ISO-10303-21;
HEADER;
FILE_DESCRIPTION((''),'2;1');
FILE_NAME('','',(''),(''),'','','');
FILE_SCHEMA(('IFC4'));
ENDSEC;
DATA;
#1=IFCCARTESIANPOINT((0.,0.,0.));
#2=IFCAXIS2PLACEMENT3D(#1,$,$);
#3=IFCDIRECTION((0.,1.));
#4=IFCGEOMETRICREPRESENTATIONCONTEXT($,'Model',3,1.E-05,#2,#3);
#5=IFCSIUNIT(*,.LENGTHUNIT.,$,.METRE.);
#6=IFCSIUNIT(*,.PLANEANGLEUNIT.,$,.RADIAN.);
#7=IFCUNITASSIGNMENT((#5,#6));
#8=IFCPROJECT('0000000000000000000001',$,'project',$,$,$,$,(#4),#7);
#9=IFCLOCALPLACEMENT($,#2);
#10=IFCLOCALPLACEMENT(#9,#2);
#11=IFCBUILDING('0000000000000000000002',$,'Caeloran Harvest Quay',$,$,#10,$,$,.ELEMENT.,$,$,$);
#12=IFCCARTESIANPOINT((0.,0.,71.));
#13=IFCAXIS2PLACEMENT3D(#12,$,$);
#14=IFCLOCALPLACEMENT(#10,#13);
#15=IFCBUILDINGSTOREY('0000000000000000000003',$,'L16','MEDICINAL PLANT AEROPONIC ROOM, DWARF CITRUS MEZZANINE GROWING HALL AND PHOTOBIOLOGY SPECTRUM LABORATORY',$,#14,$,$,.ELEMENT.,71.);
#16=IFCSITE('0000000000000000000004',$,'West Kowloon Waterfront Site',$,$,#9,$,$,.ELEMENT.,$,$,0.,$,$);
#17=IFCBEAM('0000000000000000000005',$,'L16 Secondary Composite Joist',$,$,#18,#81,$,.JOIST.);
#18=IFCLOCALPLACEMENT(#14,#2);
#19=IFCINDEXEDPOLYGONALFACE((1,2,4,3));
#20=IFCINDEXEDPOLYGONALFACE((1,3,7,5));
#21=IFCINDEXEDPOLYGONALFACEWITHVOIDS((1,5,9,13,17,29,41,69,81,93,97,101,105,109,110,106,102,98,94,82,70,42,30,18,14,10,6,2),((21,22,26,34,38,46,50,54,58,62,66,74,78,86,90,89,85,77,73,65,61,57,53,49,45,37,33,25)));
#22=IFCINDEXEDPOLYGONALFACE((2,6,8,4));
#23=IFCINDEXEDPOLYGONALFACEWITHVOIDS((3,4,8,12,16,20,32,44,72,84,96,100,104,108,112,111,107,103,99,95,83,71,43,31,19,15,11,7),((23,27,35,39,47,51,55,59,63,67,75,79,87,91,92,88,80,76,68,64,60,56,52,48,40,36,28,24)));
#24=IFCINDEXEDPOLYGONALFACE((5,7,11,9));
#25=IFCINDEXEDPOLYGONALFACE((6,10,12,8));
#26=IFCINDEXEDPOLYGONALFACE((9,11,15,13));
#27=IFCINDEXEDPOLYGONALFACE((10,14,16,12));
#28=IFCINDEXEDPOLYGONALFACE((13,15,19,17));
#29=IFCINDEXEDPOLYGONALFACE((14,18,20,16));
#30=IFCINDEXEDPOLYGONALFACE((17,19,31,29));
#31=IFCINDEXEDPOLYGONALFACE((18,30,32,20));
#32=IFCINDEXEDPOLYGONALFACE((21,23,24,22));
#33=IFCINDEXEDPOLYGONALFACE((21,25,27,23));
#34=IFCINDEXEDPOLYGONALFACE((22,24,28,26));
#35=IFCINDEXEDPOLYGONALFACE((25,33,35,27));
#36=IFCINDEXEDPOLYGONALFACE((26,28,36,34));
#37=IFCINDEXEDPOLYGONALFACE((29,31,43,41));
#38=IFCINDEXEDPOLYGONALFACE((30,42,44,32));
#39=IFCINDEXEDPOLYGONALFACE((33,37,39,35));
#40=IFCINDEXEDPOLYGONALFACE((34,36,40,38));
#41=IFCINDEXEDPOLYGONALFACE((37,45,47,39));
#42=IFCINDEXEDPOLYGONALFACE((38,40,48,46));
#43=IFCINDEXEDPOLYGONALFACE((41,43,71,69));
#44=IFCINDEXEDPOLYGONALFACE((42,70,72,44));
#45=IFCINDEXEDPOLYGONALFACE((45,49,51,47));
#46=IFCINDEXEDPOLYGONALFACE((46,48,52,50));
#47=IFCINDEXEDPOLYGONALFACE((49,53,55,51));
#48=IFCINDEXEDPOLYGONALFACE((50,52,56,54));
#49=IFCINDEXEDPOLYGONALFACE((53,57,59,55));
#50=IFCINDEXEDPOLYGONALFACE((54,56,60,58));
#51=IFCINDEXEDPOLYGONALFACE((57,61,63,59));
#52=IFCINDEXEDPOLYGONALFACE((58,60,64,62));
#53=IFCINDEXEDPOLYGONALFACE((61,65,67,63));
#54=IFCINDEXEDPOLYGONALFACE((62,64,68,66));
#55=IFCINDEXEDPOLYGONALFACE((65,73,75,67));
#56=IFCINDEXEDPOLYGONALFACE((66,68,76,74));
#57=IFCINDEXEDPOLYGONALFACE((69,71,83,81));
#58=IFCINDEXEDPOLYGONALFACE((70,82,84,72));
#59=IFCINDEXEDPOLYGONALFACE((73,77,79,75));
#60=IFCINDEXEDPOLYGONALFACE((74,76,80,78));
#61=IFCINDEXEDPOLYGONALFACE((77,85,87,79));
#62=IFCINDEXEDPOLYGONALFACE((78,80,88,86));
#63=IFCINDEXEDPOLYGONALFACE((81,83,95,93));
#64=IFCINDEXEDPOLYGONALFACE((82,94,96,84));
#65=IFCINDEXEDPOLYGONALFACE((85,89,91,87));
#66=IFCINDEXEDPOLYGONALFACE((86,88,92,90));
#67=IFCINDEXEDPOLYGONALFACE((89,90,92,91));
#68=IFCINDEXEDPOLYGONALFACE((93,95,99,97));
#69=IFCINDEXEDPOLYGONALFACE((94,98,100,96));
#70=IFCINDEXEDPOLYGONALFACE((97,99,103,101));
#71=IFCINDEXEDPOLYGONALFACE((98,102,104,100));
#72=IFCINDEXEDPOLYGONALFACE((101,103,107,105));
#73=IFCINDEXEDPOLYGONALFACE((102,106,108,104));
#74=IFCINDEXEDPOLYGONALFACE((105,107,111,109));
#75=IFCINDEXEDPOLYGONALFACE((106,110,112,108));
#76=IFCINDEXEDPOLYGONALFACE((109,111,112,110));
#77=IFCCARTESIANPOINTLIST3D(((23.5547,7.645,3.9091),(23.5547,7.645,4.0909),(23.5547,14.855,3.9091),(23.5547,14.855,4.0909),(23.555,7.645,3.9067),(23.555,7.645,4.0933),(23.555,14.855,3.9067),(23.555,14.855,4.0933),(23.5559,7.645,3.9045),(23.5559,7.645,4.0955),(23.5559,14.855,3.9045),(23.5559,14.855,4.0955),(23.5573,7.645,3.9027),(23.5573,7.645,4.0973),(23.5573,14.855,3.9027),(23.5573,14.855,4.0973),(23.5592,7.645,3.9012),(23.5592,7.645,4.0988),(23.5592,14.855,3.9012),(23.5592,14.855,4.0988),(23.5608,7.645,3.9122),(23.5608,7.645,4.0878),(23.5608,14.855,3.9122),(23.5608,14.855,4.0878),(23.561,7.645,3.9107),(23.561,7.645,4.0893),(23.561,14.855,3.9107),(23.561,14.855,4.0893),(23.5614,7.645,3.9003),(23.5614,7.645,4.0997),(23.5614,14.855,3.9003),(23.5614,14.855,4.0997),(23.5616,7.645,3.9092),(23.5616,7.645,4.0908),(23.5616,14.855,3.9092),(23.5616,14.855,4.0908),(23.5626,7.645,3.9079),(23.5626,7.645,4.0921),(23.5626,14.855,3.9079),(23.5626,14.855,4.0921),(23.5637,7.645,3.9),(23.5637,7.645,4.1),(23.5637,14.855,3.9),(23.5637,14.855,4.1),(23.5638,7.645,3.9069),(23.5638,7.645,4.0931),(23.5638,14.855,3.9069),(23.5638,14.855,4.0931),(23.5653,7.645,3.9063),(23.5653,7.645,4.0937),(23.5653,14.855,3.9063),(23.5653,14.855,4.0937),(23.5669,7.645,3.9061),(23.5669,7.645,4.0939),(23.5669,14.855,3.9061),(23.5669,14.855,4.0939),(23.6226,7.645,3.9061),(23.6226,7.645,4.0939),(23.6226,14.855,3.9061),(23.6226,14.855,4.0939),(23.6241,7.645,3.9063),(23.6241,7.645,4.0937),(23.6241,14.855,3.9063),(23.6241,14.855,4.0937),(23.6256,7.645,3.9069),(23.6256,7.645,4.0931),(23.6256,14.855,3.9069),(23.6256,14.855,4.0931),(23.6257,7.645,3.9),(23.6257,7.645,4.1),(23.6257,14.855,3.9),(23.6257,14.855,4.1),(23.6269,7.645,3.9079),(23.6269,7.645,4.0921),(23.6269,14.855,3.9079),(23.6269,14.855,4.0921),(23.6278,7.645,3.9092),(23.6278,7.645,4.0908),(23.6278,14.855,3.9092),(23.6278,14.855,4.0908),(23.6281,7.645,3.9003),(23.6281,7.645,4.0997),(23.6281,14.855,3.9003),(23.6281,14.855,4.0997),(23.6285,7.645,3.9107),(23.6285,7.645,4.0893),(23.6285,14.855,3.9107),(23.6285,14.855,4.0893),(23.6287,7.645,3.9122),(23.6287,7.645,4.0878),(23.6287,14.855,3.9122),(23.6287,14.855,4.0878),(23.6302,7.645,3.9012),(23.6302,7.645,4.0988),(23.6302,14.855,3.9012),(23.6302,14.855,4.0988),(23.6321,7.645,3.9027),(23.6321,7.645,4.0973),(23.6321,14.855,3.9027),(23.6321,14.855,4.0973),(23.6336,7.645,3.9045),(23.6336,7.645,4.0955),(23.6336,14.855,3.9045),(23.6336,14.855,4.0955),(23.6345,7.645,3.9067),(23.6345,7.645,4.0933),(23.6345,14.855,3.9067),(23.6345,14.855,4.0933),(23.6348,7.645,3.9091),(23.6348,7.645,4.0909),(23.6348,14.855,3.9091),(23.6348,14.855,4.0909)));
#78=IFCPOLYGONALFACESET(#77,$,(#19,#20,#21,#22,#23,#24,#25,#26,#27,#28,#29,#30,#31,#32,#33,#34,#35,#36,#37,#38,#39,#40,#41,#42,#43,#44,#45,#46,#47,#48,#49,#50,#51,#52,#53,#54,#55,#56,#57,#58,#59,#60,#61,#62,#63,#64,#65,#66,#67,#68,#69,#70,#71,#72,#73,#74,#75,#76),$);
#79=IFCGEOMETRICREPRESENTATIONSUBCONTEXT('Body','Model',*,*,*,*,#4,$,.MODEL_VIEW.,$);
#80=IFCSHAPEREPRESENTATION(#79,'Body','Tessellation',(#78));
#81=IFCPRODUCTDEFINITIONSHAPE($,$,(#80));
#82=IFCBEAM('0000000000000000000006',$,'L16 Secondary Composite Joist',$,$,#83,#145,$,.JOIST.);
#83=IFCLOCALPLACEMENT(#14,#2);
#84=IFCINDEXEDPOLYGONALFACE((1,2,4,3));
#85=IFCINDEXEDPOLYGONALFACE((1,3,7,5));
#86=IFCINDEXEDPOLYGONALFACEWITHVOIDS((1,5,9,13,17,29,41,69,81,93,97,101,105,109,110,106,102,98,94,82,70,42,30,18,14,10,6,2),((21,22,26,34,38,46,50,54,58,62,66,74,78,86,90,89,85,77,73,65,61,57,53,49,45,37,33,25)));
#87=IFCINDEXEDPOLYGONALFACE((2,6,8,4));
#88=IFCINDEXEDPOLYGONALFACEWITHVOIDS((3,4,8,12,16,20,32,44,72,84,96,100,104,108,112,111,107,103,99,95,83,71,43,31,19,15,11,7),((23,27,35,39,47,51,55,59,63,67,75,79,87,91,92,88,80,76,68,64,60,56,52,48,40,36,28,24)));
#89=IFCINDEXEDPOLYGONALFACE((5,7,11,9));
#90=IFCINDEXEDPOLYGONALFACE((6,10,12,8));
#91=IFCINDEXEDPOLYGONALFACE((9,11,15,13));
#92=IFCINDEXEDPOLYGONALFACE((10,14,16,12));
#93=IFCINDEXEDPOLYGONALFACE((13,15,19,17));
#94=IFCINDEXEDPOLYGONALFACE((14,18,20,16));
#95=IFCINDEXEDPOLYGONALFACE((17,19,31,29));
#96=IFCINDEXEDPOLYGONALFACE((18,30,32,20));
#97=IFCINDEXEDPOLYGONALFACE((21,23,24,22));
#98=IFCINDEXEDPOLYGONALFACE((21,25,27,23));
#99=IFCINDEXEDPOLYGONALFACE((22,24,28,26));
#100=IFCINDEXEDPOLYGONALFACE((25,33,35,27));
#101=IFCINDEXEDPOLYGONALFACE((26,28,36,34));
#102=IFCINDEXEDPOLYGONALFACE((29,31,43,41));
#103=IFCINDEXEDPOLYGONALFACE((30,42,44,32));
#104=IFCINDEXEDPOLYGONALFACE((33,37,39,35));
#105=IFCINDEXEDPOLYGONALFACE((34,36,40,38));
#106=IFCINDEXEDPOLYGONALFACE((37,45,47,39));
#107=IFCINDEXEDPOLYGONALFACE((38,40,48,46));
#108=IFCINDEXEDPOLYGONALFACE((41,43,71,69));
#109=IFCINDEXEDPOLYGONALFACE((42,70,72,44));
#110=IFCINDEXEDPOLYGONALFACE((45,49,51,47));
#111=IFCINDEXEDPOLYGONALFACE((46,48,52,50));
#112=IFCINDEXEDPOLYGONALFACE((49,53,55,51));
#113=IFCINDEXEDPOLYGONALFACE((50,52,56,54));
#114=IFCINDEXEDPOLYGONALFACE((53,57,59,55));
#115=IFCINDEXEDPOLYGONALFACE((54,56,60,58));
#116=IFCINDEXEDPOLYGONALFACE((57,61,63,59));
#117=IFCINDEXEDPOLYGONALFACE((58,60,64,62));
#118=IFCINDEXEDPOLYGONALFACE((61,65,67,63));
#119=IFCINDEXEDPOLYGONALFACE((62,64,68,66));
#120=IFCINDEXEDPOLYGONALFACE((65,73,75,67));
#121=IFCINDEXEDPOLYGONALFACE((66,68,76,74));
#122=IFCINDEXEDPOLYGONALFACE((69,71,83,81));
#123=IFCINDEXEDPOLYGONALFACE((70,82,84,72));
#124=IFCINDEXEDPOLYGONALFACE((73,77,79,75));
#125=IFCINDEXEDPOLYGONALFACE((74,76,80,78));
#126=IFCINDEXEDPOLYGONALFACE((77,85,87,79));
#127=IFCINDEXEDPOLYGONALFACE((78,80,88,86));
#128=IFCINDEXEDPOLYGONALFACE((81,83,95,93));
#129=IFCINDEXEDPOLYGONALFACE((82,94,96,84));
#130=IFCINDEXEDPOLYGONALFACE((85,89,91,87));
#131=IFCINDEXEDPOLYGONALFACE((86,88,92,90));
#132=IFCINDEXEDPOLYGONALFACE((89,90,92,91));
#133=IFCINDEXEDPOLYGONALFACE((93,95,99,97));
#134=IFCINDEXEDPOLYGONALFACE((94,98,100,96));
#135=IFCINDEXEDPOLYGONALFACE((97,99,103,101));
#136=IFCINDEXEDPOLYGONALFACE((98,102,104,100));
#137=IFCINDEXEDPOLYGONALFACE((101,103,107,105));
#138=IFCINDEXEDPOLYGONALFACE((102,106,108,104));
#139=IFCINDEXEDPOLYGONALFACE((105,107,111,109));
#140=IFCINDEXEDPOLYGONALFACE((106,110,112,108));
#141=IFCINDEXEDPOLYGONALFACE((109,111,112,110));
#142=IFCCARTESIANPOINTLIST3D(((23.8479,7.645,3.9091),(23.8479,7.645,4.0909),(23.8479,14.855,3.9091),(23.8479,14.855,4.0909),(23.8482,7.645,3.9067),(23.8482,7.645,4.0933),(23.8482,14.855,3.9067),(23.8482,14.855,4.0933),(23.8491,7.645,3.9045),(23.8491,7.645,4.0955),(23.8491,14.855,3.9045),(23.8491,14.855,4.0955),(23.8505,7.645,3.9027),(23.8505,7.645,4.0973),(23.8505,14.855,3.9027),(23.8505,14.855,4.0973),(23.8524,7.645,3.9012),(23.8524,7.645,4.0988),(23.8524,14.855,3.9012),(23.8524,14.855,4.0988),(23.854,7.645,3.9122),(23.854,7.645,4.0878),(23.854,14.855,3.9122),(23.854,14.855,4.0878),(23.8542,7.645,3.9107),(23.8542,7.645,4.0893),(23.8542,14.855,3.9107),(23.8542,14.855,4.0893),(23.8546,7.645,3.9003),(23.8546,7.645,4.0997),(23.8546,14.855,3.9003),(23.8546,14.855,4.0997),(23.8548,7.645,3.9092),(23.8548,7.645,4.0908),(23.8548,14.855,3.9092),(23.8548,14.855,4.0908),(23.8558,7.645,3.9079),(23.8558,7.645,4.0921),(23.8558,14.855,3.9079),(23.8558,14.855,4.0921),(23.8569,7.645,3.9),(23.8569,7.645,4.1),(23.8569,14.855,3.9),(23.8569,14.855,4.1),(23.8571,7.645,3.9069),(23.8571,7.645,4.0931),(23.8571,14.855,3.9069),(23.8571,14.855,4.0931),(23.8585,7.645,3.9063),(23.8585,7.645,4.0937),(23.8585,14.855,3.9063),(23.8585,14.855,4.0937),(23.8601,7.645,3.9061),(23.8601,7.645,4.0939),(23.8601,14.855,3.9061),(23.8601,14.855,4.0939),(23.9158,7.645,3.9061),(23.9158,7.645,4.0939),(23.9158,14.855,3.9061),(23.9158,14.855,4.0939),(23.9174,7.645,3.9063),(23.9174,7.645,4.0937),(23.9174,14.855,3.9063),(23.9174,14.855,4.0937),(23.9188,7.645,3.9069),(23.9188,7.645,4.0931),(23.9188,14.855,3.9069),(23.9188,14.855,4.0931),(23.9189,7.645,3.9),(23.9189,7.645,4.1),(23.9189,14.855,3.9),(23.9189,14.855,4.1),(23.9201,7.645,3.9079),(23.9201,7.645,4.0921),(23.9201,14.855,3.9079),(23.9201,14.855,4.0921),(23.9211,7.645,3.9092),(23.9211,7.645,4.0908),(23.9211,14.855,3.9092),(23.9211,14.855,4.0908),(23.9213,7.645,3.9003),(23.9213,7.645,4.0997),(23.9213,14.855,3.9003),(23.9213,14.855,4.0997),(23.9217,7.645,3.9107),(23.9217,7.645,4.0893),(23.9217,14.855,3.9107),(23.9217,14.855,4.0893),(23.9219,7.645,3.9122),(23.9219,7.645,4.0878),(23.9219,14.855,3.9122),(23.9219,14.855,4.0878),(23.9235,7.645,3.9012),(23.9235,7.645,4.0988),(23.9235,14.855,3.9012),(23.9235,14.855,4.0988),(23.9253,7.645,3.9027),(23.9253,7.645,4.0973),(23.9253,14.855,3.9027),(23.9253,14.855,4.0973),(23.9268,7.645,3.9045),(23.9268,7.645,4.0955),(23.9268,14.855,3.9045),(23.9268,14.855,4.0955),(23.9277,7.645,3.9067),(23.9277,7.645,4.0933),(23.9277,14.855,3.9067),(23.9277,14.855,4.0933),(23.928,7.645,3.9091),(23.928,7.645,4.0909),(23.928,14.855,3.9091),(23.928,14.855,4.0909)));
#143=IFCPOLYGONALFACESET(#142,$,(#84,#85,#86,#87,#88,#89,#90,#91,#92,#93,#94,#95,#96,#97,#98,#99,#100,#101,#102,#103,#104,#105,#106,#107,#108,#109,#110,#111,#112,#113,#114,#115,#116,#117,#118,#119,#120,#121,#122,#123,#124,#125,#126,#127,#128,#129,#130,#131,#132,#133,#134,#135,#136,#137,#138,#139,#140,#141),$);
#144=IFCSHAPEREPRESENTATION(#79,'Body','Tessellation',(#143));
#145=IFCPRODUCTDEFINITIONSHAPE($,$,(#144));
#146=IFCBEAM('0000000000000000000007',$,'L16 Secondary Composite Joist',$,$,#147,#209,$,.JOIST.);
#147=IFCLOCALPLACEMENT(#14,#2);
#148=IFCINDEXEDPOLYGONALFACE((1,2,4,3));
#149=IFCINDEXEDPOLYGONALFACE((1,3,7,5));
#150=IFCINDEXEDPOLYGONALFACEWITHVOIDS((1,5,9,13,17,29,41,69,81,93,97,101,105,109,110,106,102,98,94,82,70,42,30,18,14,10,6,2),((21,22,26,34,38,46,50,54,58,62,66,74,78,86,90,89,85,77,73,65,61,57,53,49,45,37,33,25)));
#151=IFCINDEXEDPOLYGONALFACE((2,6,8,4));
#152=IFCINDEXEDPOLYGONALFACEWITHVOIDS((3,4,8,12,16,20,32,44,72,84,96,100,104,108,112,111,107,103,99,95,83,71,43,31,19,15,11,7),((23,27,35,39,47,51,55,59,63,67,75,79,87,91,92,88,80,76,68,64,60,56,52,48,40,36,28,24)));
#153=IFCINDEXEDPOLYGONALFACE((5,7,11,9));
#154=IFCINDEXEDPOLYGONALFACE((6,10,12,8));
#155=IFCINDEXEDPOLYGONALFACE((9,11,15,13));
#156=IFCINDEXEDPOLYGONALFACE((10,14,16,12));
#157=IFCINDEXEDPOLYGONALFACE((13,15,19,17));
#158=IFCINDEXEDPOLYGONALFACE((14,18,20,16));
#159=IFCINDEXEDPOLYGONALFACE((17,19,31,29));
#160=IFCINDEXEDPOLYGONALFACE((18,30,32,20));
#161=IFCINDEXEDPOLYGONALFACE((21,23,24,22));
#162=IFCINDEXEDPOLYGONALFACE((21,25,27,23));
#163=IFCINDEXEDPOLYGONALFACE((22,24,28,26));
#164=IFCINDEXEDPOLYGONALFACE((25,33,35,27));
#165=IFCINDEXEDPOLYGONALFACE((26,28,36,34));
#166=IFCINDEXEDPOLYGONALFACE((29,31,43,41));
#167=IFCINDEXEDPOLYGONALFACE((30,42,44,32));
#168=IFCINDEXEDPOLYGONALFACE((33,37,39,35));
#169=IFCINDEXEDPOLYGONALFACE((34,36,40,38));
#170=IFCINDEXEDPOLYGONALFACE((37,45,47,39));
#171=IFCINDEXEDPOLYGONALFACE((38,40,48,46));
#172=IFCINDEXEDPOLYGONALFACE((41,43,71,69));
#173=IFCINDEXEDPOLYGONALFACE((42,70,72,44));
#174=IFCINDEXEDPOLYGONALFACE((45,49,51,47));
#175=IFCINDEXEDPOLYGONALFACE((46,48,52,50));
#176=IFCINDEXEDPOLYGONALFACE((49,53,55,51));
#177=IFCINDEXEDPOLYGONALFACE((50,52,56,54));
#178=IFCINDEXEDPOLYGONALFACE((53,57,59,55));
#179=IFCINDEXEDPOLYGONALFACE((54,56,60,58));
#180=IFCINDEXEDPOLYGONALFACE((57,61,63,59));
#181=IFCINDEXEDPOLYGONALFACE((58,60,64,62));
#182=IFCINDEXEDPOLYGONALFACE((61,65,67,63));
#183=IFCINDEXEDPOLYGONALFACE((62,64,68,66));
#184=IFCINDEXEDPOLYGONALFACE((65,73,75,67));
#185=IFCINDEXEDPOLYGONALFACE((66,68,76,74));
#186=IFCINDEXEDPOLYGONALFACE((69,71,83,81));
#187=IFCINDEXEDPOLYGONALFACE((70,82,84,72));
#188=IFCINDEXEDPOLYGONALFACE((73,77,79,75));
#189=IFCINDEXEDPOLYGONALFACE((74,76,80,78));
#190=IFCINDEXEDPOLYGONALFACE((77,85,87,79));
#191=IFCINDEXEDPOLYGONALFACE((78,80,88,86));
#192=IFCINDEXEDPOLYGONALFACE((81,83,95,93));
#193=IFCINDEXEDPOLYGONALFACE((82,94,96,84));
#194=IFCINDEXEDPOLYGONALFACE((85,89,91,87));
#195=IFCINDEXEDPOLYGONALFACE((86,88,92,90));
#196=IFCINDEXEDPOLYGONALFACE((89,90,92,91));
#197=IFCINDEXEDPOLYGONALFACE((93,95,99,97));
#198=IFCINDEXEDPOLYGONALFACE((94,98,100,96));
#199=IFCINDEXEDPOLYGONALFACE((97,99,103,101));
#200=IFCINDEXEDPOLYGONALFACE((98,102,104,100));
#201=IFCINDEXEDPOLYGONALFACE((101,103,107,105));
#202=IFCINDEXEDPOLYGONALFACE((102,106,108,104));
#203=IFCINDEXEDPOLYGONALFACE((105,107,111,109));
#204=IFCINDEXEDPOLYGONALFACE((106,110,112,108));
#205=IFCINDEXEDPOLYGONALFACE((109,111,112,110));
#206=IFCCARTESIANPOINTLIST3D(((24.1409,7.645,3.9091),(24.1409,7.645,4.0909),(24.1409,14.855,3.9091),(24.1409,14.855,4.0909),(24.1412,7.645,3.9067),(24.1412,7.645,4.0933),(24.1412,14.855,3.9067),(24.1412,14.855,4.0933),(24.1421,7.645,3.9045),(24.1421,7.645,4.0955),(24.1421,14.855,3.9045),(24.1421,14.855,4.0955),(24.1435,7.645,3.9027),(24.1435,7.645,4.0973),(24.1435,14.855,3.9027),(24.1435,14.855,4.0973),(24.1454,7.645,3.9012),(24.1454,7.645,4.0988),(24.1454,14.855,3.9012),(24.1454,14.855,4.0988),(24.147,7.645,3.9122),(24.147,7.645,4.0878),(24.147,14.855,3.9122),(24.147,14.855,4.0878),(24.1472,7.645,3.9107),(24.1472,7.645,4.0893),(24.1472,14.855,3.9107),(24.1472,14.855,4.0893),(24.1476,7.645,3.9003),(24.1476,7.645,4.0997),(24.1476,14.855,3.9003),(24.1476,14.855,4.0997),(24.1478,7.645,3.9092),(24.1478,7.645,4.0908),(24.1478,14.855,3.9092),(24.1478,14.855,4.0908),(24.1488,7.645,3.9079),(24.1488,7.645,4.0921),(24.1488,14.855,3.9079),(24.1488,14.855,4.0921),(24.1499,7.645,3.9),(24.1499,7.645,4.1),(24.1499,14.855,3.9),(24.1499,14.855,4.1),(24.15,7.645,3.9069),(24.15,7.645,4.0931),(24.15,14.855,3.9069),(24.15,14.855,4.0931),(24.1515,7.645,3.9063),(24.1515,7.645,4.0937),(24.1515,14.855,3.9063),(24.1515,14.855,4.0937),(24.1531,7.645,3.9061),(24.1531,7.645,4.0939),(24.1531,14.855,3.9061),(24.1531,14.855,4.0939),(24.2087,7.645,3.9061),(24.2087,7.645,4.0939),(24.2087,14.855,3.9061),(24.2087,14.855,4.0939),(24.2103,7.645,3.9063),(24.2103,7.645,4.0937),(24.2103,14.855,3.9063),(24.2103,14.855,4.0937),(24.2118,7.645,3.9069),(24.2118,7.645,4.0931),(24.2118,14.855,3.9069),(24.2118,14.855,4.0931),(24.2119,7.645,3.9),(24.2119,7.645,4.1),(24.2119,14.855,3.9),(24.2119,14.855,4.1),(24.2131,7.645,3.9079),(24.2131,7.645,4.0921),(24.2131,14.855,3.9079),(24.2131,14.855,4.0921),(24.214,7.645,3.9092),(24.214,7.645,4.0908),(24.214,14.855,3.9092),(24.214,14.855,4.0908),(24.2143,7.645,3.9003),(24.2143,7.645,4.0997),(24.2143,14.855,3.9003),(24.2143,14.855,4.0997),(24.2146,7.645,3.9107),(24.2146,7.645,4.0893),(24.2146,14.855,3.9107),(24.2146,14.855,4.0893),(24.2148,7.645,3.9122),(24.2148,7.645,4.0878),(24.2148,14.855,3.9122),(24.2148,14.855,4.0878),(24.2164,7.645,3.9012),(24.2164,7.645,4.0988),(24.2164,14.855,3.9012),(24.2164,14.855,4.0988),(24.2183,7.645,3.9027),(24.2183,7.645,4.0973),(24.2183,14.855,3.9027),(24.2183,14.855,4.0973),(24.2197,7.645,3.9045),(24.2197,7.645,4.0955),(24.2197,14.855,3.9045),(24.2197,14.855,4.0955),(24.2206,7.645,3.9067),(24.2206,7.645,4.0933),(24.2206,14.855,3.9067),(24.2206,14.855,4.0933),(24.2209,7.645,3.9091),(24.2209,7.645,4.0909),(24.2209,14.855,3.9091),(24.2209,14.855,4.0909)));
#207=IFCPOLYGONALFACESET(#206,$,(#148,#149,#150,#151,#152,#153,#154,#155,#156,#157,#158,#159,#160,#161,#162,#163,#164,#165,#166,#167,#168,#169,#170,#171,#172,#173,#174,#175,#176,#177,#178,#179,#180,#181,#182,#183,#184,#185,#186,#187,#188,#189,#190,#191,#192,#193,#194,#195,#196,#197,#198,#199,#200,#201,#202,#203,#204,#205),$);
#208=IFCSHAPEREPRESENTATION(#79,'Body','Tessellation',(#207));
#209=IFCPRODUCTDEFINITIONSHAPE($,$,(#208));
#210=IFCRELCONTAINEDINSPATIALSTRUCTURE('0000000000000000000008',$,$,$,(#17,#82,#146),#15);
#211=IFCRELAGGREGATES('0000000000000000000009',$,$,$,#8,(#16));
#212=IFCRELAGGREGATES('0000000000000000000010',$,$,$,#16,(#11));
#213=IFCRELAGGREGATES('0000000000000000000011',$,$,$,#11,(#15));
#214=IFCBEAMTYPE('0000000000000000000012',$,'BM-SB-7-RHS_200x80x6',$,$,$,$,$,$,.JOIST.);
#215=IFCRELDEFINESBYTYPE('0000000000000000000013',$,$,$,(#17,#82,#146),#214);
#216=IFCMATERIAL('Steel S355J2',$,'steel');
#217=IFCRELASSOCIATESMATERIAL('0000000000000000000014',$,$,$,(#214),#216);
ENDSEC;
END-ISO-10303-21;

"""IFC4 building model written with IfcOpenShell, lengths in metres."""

from ifc_helpers import new_model, si_unit, direction, frame, origin, origin_2d, place, context, subcontext, project, spatial, hollow_rectangle, extrude, material, material_profile, profile_set, type_object, element, save


model = new_model("IFC4")

# Units and contexts
model_context = context("Model", 3, precision=1e-05, world=origin(), true_north=direction((0.0, 1.0)))
body_context = subcontext(model_context, "Body", "Model", "MODEL_VIEW")
ifc_project = project(units=[si_unit("LENGTHUNIT", "METRE"), si_unit("PLANEANGLEUNIT", "RADIAN")], contexts=[model_context])

# Site, building, storey
site_placement = place(None, origin())
site = spatial("IfcSite", under=ifc_project, at=site_placement, Name="West Kowloon Waterfront Site", CompositionType="ELEMENT", RefElevation=0.0)
building_placement = place(site_placement, origin())
building = spatial("IfcBuilding", under=site, at=building_placement, Name="Caeloran Harvest Quay", CompositionType="ELEMENT")
storey_placement = place(building_placement, frame((0.0, 0.0, 71.0)))
storey = spatial("IfcBuildingStorey", under=building, at=storey_placement, Name="L16", Description="MEDICINAL PLANT AEROPONIC ROOM, DWARF CITRUS MEZZANINE GROWING HALL AND PHOTOBIOLOGY SPECTRUM LABORATORY", CompositionType="ELEMENT", Elevation=71.0)

# Beams
ifc_material_1 = material(Name="Steel S355J2", Category="steel")
ifc_material_profile_1 = material_profile(ifc_material_1, hollow_rectangle(XDim=0.0801, YDim=0.2, WallThickness=0.0061, InnerFilletRadius=0.0061, OuterFilletRadius=0.009, at=origin_2d()), Name="RHS 200x80x6")
ifc_profile_set_1 = profile_set([ifc_material_profile_1], Name="Steel S355J2")
beam_type_1 = type_object("IfcBeamType", Name="BM-SB-7-RHS_200x80x6", PredefinedType="JOIST", material=ifc_profile_set_1)
for number, where, z_axis, x_axis, name in (
    (1, (23.5947, 7.645, 4.0), (0.0, 1.0, 0.0), (-1.0, 0.0, 0.0), "L16 Secondary Composite Joist"),
    (2, (23.8879, 7.645, 4.0), (0.0, 1.0, 0.0), (-1.0, 0.0, 0.0), "L16 Secondary Composite Joist"),
    (3, (24.1809, 7.645, 4.0), (0.0, 1.0, 0.0), (-1.0, 0.0, 0.0), "L16 Secondary Composite Joist"),
):
    element("IfcBeam", number, at=place(storey_placement, frame(where, z_axis=z_axis, x_axis=x_axis)), inside=storey, type_object=beam_type_1, Name=name, PredefinedType="JOIST", context=body_context, shape_type="SweptSolid", body=[
        extrude(hollow_rectangle(XDim=0.0801, YDim=0.2, WallThickness=0.0061, InnerFilletRadius=0.0061, OuterFilletRadius=0.009, at=origin_2d()), origin(), (0.0, 0.0, 1.0), 7.21),
    ])

save(model, "model.ifc")
